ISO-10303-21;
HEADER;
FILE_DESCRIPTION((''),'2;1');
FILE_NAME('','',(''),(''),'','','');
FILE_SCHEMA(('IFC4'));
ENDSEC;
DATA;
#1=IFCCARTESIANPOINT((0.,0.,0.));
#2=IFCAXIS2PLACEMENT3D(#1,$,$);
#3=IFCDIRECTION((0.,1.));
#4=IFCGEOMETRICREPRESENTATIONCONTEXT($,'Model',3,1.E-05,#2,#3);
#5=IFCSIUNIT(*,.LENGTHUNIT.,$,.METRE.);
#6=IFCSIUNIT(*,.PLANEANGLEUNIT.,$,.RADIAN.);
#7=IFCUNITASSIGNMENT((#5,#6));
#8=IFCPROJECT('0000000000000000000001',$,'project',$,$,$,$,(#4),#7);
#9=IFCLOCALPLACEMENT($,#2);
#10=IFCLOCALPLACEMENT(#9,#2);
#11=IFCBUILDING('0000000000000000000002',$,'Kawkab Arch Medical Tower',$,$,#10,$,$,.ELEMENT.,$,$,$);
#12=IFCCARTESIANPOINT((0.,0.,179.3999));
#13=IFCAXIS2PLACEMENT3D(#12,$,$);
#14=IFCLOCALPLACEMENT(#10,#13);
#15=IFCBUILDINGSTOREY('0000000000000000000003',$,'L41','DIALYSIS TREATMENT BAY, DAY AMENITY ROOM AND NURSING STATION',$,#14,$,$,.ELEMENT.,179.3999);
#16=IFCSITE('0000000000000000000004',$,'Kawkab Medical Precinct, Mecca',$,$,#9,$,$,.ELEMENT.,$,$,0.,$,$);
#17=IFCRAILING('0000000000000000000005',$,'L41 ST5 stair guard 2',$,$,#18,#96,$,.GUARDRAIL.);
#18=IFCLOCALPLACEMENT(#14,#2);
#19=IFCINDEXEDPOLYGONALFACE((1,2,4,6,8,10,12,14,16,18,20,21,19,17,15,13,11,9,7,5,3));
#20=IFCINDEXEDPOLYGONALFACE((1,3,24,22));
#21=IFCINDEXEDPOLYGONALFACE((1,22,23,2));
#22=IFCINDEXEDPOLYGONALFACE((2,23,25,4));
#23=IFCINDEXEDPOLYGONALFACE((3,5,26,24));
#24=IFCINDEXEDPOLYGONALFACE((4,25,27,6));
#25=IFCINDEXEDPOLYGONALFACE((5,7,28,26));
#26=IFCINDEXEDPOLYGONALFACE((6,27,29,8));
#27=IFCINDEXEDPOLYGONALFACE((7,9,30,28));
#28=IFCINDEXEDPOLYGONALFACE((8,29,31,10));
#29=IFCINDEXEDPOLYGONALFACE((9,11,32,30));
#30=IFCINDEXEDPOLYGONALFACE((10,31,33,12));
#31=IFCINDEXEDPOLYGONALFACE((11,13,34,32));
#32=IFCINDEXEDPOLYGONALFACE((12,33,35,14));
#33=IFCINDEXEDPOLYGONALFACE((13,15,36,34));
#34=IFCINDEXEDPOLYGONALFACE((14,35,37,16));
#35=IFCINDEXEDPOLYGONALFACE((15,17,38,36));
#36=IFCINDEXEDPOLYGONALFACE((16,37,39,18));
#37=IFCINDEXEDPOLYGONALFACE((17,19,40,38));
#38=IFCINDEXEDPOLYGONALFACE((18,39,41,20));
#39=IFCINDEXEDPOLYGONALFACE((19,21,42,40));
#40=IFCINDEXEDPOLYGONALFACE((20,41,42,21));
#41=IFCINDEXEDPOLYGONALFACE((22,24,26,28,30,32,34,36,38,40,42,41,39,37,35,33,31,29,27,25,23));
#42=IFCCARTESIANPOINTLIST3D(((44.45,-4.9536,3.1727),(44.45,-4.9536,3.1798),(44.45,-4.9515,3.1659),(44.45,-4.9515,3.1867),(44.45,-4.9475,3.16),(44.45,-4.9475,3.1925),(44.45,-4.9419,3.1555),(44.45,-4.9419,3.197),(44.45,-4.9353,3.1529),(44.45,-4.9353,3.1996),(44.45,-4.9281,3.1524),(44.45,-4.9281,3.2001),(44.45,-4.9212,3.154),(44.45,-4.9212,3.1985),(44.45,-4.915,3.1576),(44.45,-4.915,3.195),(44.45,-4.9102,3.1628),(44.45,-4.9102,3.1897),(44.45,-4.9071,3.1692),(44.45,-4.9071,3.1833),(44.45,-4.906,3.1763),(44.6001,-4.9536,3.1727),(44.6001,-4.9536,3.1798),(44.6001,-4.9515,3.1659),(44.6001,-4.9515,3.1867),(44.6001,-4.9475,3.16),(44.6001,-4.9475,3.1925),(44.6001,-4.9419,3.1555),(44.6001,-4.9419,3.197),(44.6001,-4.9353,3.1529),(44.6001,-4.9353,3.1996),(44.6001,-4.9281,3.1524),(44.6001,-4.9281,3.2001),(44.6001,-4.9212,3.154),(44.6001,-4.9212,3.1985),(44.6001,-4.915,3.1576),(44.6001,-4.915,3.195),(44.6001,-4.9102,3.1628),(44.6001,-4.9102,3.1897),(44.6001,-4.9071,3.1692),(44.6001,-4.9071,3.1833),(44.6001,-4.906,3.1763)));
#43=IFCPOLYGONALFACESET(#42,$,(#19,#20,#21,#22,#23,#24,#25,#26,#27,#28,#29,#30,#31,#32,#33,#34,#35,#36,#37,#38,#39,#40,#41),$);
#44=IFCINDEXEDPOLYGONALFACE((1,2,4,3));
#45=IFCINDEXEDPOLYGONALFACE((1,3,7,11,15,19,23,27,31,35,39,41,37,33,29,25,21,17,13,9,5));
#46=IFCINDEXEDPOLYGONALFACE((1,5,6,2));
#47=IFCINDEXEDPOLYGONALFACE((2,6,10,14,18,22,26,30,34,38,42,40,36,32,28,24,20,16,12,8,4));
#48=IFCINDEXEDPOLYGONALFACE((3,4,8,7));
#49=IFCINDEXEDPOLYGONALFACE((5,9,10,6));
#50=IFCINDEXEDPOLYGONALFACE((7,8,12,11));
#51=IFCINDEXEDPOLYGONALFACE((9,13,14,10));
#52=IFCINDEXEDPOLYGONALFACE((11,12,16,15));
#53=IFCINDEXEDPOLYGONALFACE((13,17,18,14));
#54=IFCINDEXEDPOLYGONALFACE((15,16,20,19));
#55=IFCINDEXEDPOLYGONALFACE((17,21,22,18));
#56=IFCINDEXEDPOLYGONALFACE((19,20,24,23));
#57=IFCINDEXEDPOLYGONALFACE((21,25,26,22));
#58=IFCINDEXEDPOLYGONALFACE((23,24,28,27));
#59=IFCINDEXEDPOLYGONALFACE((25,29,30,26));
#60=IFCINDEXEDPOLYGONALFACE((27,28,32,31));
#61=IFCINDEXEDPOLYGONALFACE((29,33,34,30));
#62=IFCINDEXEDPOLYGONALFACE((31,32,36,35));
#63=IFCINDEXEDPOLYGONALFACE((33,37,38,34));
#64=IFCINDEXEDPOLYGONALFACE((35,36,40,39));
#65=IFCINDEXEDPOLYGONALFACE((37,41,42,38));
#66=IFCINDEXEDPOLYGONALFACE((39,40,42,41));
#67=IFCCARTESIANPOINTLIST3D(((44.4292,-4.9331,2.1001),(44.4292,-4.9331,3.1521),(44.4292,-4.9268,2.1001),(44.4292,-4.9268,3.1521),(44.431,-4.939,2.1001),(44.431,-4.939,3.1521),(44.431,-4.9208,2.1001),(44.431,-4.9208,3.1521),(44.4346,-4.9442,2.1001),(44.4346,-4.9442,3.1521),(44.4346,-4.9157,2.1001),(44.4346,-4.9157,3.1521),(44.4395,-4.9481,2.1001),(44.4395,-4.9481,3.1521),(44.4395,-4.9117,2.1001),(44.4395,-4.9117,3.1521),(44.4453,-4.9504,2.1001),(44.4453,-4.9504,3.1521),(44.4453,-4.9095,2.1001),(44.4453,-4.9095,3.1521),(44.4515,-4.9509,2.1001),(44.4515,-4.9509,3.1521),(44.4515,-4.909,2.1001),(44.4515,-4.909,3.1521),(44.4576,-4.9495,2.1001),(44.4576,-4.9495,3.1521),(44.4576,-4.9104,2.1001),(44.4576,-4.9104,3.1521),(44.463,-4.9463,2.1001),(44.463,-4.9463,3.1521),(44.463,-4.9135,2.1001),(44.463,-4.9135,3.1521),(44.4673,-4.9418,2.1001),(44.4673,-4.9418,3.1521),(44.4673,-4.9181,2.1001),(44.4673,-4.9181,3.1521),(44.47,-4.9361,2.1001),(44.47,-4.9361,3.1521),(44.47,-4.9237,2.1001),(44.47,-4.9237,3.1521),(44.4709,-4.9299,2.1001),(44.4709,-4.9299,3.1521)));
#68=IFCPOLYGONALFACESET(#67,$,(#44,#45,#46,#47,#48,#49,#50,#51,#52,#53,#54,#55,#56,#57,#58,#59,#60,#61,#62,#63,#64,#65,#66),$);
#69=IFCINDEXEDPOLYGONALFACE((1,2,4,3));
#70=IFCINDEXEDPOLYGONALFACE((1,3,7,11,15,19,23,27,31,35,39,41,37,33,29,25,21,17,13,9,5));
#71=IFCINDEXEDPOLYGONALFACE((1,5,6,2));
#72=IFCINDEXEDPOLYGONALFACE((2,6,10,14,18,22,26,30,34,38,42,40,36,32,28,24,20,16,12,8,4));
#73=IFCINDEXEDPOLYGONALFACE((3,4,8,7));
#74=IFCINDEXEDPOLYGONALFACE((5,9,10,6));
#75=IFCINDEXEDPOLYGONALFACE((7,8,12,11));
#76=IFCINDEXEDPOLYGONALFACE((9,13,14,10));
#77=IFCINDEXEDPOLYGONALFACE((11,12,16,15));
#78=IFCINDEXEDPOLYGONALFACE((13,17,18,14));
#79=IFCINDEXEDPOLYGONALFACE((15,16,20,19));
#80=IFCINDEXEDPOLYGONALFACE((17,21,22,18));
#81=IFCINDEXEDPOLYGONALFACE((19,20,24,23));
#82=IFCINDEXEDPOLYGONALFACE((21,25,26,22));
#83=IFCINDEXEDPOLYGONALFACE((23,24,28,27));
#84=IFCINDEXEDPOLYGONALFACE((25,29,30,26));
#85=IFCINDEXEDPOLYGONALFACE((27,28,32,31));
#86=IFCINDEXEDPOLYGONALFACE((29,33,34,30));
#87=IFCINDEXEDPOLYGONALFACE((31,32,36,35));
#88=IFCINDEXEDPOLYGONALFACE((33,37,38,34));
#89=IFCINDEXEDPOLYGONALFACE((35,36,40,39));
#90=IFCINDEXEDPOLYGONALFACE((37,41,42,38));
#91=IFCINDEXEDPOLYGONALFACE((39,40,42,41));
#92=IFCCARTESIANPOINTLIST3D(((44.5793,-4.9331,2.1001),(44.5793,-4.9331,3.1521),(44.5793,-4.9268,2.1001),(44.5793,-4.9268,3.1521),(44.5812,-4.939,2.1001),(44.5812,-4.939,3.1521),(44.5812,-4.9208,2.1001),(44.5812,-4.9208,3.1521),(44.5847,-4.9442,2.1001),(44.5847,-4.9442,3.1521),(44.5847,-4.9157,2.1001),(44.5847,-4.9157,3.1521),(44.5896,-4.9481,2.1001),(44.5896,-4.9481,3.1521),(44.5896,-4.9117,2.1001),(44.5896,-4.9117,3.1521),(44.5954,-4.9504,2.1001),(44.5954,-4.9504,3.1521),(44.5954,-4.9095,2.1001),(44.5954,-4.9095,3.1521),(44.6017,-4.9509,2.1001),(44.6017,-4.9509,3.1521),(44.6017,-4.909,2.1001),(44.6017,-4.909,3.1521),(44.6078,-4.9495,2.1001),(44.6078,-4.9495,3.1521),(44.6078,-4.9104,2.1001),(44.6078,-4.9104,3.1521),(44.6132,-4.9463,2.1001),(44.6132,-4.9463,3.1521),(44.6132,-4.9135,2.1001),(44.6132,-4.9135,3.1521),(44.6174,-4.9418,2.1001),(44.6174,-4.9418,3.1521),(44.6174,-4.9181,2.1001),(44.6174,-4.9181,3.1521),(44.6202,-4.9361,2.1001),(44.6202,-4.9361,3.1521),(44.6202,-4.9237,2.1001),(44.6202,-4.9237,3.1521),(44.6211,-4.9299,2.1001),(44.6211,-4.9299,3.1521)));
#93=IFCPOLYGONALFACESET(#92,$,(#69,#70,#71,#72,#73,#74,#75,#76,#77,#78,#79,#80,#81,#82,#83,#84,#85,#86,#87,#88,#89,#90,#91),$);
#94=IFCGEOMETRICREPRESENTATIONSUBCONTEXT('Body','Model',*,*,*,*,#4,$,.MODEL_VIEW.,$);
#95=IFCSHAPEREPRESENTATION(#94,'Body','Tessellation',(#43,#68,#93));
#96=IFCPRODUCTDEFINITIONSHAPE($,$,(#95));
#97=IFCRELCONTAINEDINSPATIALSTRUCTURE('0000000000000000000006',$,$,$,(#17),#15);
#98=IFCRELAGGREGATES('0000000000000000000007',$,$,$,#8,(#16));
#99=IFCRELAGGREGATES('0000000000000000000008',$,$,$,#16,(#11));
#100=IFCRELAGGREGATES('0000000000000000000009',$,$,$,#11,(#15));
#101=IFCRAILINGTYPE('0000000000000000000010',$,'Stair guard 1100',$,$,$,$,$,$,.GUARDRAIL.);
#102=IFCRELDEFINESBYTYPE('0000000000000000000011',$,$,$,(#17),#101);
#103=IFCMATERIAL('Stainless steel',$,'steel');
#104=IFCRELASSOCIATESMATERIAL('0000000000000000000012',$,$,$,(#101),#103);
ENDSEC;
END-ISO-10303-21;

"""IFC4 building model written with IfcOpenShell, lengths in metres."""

from ifc_helpers import new_model, si_unit, direction, frame, origin, origin_2d, place, context, subcontext, project, spatial, circle, extrude, material, type_object, element, save


model = new_model("IFC4")

# Units and contexts
model_context = context("Model", 3, precision=1e-05, world=origin(), true_north=direction((0.0, 1.0)))
body_context = subcontext(model_context, "Body", "Model", "MODEL_VIEW")
ifc_project = project(units=[si_unit("LENGTHUNIT", "METRE"), si_unit("PLANEANGLEUNIT", "RADIAN")], contexts=[model_context])

# Site, building, storey
site_placement = place(None, origin())
site = spatial("IfcSite", under=ifc_project, at=site_placement, Name="Kawkab Medical Precinct, Mecca", CompositionType="ELEMENT", RefElevation=0.0)
building_placement = place(site_placement, origin())
building = spatial("IfcBuilding", under=site, at=building_placement, Name="Kawkab Arch Medical Tower", CompositionType="ELEMENT")
storey_placement = place(building_placement, frame((0.0, 0.0, 179.3999)))
storey = spatial("IfcBuildingStorey", under=building, at=storey_placement, Name="L41", Description="DIALYSIS TREATMENT BAY, DAY AMENITY ROOM AND NURSING STATION", CompositionType="ELEMENT", Elevation=179.3999)

# Railing
ifc_material_1 = material(Name="Stainless steel", Category="steel")
railing_type = type_object("IfcRailingType", Name="Stair guard 1100", PredefinedType="GUARDRAIL", material=ifc_material_1)
railing_1_placement = place(storey_placement, frame((44.45, -4.9299, 2.1001)))
element("IfcRailing", 1, at=railing_1_placement, inside=storey, type_object=railing_type, Name="L41 ST5 stair guard 2", PredefinedType="GUARDRAIL", context=body_context, shape_type="SweptSolid", body=[
    extrude(circle(Radius=0.0239, at=origin_2d()), frame((0.0, 0.0, 1.0762), z_axis=(1.0, 0.0, 0.0), x_axis=(0.0, 1.0, 0.0)), (0.0, 0.0, 1.0), 0.1501),
    extrude(circle(Radius=0.021, at=origin_2d()), origin(), (0.0, 0.0, 1.0), 1.052),
    extrude(circle(Radius=0.021, at=origin_2d()), frame((0.1501, 0.0, 0.0)), (0.0, 0.0, 1.0), 1.052),
])

save(model, "model.ifc")
